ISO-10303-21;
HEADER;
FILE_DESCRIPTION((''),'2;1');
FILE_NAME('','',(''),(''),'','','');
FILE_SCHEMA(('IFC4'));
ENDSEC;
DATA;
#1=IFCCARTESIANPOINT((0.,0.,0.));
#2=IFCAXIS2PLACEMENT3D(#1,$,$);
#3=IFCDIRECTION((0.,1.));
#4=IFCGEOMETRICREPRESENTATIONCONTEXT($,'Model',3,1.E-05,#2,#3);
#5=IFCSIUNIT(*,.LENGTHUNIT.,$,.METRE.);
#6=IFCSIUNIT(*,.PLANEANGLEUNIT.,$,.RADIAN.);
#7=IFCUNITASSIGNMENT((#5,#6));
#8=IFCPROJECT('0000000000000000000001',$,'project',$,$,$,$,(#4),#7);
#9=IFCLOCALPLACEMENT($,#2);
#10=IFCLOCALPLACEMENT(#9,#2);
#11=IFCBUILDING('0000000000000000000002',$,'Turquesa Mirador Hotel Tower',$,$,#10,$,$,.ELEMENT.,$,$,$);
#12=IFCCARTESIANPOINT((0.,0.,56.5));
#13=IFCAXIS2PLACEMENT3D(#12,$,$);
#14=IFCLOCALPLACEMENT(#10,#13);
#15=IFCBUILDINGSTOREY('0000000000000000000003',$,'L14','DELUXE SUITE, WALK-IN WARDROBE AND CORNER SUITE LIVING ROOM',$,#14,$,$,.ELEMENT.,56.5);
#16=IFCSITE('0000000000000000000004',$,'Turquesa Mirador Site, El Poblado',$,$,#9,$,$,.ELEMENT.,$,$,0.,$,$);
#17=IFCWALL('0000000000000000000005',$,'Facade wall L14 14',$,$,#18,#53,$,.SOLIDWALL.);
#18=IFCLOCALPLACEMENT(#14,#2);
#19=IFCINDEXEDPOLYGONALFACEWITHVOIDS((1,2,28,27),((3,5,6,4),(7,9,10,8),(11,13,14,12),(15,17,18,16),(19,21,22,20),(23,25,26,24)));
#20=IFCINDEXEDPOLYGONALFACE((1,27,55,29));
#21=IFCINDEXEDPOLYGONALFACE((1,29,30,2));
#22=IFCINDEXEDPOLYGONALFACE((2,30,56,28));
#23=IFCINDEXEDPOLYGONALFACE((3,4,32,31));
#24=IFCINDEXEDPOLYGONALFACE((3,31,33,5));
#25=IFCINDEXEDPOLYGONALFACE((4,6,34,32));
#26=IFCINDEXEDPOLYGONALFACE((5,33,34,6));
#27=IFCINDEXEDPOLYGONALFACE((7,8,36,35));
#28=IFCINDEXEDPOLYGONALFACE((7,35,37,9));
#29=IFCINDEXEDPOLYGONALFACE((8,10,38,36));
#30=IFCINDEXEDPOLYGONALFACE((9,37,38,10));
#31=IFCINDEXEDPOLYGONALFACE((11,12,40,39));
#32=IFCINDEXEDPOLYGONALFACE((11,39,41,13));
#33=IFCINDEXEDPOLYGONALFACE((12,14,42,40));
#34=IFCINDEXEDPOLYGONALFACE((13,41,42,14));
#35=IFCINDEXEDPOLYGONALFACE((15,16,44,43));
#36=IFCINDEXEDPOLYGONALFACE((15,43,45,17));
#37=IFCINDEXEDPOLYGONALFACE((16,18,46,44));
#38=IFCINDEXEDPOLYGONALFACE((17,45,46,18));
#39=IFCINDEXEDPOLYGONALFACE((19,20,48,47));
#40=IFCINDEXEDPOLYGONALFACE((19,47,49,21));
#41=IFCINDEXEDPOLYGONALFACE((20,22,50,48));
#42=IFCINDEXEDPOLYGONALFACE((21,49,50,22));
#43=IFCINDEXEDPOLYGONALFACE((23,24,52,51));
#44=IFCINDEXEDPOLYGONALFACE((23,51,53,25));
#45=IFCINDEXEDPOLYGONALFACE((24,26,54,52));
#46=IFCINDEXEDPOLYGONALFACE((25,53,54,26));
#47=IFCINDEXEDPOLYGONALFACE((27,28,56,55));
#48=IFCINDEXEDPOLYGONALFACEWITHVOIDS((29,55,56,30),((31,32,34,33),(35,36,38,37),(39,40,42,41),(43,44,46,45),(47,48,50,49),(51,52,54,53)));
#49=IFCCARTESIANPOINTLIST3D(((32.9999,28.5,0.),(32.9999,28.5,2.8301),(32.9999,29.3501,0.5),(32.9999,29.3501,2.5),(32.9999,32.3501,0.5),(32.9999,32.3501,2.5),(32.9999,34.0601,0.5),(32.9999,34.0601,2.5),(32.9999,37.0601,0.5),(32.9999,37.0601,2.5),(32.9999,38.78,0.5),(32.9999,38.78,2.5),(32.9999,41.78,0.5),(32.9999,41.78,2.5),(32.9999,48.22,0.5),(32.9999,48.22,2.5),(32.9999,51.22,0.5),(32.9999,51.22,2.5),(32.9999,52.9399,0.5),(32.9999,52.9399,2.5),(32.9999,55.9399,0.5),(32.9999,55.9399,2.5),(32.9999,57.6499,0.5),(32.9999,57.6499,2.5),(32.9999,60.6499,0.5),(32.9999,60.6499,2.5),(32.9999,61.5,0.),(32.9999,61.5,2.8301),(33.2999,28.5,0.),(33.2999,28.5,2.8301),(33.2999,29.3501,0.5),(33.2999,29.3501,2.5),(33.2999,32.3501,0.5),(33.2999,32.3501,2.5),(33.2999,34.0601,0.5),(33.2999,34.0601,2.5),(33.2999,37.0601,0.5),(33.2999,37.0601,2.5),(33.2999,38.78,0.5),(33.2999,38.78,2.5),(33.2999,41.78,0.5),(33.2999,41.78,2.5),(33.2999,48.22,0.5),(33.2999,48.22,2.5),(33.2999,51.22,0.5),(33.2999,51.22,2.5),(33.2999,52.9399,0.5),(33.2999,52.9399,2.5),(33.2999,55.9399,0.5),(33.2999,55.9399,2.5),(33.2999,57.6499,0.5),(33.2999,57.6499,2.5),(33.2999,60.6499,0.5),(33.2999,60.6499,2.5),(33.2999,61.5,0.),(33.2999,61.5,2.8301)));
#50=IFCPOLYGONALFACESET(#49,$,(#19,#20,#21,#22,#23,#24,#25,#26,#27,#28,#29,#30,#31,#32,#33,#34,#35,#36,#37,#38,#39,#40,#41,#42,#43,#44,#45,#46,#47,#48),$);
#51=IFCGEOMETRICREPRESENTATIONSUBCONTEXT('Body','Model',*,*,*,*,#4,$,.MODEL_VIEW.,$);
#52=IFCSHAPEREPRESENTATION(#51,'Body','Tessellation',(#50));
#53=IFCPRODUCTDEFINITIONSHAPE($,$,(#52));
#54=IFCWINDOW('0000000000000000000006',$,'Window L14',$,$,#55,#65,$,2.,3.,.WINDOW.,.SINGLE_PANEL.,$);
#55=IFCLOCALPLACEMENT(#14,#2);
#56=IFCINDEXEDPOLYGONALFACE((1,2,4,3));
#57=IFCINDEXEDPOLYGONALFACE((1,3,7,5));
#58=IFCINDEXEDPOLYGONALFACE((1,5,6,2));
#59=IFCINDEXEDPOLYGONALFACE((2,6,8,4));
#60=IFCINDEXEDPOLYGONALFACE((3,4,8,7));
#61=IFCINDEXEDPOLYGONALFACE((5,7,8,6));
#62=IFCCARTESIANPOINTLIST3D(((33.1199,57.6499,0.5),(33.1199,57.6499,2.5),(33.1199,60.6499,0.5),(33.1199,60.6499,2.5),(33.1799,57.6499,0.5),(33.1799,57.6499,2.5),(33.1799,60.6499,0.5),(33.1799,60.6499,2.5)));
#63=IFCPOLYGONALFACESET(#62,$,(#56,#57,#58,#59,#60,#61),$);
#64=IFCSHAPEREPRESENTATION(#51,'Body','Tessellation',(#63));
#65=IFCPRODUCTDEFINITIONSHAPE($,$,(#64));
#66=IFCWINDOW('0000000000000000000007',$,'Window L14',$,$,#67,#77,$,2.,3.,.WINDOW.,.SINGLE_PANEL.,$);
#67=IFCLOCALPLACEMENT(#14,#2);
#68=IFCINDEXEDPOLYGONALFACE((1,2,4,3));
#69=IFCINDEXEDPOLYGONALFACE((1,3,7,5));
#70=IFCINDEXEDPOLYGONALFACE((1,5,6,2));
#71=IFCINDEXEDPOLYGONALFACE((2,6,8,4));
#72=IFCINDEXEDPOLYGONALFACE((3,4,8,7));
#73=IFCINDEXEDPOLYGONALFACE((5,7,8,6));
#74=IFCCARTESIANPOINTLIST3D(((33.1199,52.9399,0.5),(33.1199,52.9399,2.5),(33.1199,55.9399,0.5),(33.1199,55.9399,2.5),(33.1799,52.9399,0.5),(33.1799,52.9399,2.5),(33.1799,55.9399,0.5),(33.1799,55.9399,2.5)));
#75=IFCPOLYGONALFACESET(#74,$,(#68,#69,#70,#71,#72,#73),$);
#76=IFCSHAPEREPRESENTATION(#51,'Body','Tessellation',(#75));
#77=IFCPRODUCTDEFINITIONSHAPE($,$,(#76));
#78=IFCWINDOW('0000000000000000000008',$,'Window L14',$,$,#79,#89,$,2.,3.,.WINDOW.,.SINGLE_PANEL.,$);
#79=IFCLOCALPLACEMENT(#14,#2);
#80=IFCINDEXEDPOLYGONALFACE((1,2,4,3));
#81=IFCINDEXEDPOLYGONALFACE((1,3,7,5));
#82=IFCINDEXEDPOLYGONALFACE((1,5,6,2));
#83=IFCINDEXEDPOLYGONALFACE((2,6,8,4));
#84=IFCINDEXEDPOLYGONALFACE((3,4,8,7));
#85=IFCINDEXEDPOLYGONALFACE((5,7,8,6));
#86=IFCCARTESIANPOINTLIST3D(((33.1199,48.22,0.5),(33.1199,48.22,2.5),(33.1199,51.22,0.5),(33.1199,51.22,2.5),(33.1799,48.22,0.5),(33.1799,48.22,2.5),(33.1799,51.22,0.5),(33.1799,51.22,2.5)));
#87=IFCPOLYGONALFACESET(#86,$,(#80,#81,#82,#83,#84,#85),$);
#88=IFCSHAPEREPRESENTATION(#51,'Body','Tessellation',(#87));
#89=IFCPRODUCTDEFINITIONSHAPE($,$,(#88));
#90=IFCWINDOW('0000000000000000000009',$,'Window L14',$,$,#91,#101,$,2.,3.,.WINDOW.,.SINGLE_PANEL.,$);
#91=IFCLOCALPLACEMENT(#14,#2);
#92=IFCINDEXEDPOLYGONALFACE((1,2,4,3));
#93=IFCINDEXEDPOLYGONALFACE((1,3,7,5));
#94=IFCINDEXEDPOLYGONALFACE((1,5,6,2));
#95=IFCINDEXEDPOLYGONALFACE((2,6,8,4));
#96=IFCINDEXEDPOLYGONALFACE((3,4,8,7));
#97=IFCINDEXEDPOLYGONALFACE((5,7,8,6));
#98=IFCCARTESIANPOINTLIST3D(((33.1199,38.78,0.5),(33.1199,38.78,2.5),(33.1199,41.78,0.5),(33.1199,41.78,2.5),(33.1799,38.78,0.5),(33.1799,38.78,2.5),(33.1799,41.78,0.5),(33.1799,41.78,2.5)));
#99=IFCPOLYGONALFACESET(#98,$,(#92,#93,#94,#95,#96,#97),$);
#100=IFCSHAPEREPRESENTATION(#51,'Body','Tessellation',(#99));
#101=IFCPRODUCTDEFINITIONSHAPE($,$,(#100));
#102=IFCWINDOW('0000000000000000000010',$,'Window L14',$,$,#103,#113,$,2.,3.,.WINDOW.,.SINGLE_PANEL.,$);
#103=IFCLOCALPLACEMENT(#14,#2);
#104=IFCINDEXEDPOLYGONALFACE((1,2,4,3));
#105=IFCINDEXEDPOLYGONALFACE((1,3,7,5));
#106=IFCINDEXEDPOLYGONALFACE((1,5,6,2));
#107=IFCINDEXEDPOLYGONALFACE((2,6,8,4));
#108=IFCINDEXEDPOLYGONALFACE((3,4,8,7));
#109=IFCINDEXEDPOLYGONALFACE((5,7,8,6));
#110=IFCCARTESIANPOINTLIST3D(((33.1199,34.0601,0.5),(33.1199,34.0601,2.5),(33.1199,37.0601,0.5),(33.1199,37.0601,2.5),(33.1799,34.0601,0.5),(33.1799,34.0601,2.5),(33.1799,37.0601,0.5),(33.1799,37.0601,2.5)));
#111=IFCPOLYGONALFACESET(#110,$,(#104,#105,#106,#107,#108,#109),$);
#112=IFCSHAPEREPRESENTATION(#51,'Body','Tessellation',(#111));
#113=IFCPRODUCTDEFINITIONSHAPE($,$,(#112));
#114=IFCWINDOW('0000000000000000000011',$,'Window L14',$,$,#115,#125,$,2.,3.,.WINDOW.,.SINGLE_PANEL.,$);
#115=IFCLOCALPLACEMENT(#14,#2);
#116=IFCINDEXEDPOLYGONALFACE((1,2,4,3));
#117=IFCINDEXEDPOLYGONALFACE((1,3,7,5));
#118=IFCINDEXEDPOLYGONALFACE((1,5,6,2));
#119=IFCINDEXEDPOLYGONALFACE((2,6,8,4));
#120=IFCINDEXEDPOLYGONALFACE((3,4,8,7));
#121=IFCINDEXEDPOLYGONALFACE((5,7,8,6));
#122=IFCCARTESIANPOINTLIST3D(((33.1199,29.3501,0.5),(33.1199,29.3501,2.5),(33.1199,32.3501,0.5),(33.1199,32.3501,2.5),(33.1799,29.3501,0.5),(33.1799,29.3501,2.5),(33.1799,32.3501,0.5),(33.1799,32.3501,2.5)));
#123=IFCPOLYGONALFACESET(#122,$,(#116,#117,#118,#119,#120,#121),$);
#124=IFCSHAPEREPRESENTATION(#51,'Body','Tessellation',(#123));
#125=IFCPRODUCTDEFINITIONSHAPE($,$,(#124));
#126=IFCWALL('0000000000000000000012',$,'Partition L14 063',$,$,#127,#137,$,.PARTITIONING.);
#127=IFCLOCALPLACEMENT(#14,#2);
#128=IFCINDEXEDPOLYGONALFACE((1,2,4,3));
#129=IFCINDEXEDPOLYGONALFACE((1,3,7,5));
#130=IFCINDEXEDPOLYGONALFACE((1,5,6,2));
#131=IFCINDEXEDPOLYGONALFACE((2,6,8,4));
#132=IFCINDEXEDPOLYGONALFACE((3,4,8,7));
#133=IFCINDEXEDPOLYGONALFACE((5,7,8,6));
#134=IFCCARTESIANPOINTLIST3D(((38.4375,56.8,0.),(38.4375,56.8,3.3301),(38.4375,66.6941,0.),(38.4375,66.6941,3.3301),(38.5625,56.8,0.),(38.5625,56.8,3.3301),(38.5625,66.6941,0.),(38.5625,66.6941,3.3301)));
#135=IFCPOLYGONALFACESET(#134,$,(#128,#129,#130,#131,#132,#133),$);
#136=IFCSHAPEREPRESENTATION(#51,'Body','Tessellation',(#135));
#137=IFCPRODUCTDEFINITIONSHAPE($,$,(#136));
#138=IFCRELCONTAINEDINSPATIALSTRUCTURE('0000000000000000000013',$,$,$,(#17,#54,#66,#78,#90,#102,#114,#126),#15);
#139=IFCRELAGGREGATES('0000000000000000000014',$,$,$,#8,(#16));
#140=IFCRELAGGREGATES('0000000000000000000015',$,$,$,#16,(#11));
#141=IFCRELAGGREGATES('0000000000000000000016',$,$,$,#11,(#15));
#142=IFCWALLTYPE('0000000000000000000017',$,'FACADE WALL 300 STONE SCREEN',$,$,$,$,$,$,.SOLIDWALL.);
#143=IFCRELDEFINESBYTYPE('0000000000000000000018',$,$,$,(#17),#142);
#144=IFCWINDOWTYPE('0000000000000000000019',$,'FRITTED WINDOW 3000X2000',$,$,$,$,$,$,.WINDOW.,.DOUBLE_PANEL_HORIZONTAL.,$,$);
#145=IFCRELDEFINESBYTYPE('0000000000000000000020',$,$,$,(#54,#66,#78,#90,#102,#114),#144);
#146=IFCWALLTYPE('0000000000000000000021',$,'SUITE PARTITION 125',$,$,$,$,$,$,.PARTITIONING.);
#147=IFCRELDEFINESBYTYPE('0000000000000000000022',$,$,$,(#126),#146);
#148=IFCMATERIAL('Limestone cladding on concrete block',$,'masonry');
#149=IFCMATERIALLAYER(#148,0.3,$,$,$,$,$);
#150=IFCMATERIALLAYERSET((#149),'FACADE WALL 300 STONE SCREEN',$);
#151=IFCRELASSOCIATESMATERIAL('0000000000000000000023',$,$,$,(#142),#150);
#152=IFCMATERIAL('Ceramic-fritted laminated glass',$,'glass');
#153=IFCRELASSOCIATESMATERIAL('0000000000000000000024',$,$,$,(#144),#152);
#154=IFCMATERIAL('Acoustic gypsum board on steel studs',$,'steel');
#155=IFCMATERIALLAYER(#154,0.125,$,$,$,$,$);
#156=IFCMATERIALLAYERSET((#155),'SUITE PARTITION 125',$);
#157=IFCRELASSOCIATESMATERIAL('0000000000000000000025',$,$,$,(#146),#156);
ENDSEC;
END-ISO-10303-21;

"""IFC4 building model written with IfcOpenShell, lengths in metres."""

from ifc_helpers import new_model, si_unit, direction, frame, frame_2d, origin, place, context, subcontext, project, spatial, rectangle, extrude, material, layer, layer_set, type_object, element, fill, save


model = new_model("IFC4")

# Units and contexts
model_context = context("Model", 3, precision=1e-05, world=origin(), true_north=direction((0.0, 1.0)))
body_context = subcontext(model_context, "Body", "Model", "MODEL_VIEW")
ifc_project = project(units=[si_unit("LENGTHUNIT", "METRE"), si_unit("PLANEANGLEUNIT", "RADIAN")], contexts=[model_context])

# Site, building, storey
site_placement = place(None, origin())
site = spatial("IfcSite", under=ifc_project, at=site_placement, Name="Turquesa Mirador Site, El Poblado", CompositionType="ELEMENT", RefElevation=0.0)
building_placement = place(site_placement, origin())
building = spatial("IfcBuilding", under=site, at=building_placement, Name="Turquesa Mirador Hotel Tower", CompositionType="ELEMENT")
storey_placement = place(building_placement, frame((0.0, 0.0, 56.5)))
storey = spatial("IfcBuildingStorey", under=building, at=storey_placement, Name="L14", Description="DELUXE SUITE, WALK-IN WARDROBE AND CORNER SUITE LIVING ROOM", CompositionType="ELEMENT", Elevation=56.5)

# Shared definitions
ifc_material_1 = material(Name="Limestone cladding on concrete block", Category="masonry")
ifc_layer_1 = layer(ifc_material_1, 0.3)
ifc_layer_set_1 = layer_set([ifc_layer_1], Name="FACADE WALL 300 STONE SCREEN")
wall_type_1 = type_object("IfcWallType", Name="FACADE WALL 300 STONE SCREEN", PredefinedType="SOLIDWALL", material=ifc_layer_set_1)

# Wall, openings, windows
wall_1_placement = place(storey_placement, frame((33.1499, 61.5, 0.0), z_axis=(0.0, 0.0, 1.0), x_axis=(0.0, -1.0, 0.0)))
wall_1 = element("IfcWall", 1, at=wall_1_placement, inside=storey, type_object=wall_type_1, Name="Facade wall L14 14", PredefinedType="SOLIDWALL", context=body_context, shape_type="SweptSolid", body=[
    extrude(rectangle(XDim=33.0, YDim=0.3, at=frame_2d((16.5, 0.0))), origin(), (0.0, 0.0, 1.0), 2.8301),
])
opening_1_placement = place(wall_1_placement, frame((0.8501, 0.0, 0.5)))
opening_1 = element("IfcOpeningElement", 2, at=opening_1_placement, cuts=wall_1, PredefinedType="OPENING", context=body_context, shape_type="SweptSolid", body=[
    extrude(rectangle(XDim=3.0, YDim=2.0, at=frame_2d((1.5, 1.0))), frame((0.0, 0.1599, 0.0), z_axis=(0.0, -1.0, 0.0), x_axis=(1.0, 0.0, 0.0)), (0.0, 0.0, 1.0), 0.3201),
])
opening_2_placement = place(wall_1_placement, frame((5.5601, 0.0, 0.5)))
opening_2 = element("IfcOpeningElement", 3, at=opening_2_placement, cuts=wall_1, PredefinedType="OPENING", context=body_context, shape_type="SweptSolid", body=[
    extrude(rectangle(XDim=3.0, YDim=2.0, at=frame_2d((1.5, 1.0))), frame((0.0, 0.1599, 0.0), z_axis=(0.0, -1.0, 0.0), x_axis=(1.0, 0.0, 0.0)), (0.0, 0.0, 1.0), 0.3201),
])
opening_3_placement = place(wall_1_placement, frame((10.28, 0.0, 0.5)))
opening_3 = element("IfcOpeningElement", 4, at=opening_3_placement, cuts=wall_1, PredefinedType="OPENING", context=body_context, shape_type="SweptSolid", body=[
    extrude(rectangle(XDim=3.0, YDim=2.0, at=frame_2d((1.5, 1.0))), frame((0.0, 0.1599, 0.0), z_axis=(0.0, -1.0, 0.0), x_axis=(1.0, 0.0, 0.0)), (0.0, 0.0, 1.0), 0.3201),
])
opening_4_placement = place(wall_1_placement, frame((19.72, 0.0, 0.5)))
opening_4 = element("IfcOpeningElement", 5, at=opening_4_placement, cuts=wall_1, PredefinedType="OPENING", context=body_context, shape_type="SweptSolid", body=[
    extrude(rectangle(XDim=3.0, YDim=2.0, at=frame_2d((1.5, 1.0))), frame((0.0, 0.1599, 0.0), z_axis=(0.0, -1.0, 0.0), x_axis=(1.0, 0.0, 0.0)), (0.0, 0.0, 1.0), 0.3201),
])
opening_5_placement = place(wall_1_placement, frame((24.4399, 0.0, 0.5)))
opening_5 = element("IfcOpeningElement", 6, at=opening_5_placement, cuts=wall_1, PredefinedType="OPENING", context=body_context, shape_type="SweptSolid", body=[
    extrude(rectangle(XDim=3.0, YDim=2.0, at=frame_2d((1.5, 1.0))), frame((0.0, 0.1599, 0.0), z_axis=(0.0, -1.0, 0.0), x_axis=(1.0, 0.0, 0.0)), (0.0, 0.0, 1.0), 0.3201),
])
opening_6_placement = place(wall_1_placement, frame((29.1499, 0.0, 0.5)))
opening_6 = element("IfcOpeningElement", 7, at=opening_6_placement, cuts=wall_1, PredefinedType="OPENING", context=body_context, shape_type="SweptSolid", body=[
    extrude(rectangle(XDim=3.0, YDim=2.0, at=frame_2d((1.5, 1.0))), frame((0.0, 0.1599, 0.0), z_axis=(0.0, -1.0, 0.0), x_axis=(1.0, 0.0, 0.0)), (0.0, 0.0, 1.0), 0.3201),
])
ifc_material_2 = material(Name="Ceramic-fritted laminated glass", Category="glass")
window_type_1 = type_object("IfcWindowType", Name="FRITTED WINDOW 3000X2000", PartitioningType="DOUBLE_PANEL_HORIZONTAL", PredefinedType="WINDOW", material=ifc_material_2)
window_1_placement = place(opening_1_placement, origin())
window_1 = element("IfcWindow", 8, at=window_1_placement, inside=storey, type_object=window_type_1, Name="Window L14", OverallHeight=2.0, OverallWidth=3.0, PartitioningType="SINGLE_PANEL", PredefinedType="WINDOW", context=body_context, shape_type="SweptSolid", body=[
    extrude(rectangle(XDim=3.0, YDim=2.0, at=frame_2d((1.5, 1.0))), frame((0.0, 0.03, 0.0), z_axis=(0.0, -1.0, 0.0), x_axis=(1.0, 0.0, 0.0)), (0.0, 0.0, 1.0), 0.0601),
])
fill(opening_1, window_1)
window_2_placement = place(opening_2_placement, origin())
window_2 = element("IfcWindow", 9, at=window_2_placement, inside=storey, type_object=window_type_1, Name="Window L14", OverallHeight=2.0, OverallWidth=3.0, PartitioningType="SINGLE_PANEL", PredefinedType="WINDOW", context=body_context, shape_type="SweptSolid", body=[
    extrude(rectangle(XDim=3.0, YDim=2.0, at=frame_2d((1.5, 1.0))), frame((0.0, 0.03, 0.0), z_axis=(0.0, -1.0, 0.0), x_axis=(1.0, 0.0, 0.0)), (0.0, 0.0, 1.0), 0.0601),
])
fill(opening_2, window_2)
window_3_placement = place(opening_3_placement, origin())
window_3 = element("IfcWindow", 10, at=window_3_placement, inside=storey, type_object=window_type_1, Name="Window L14", OverallHeight=2.0, OverallWidth=3.0, PartitioningType="SINGLE_PANEL", PredefinedType="WINDOW", context=body_context, shape_type="SweptSolid", body=[
    extrude(rectangle(XDim=3.0, YDim=2.0, at=frame_2d((1.5, 1.0))), frame((0.0, 0.03, 0.0), z_axis=(0.0, -1.0, 0.0), x_axis=(1.0, 0.0, 0.0)), (0.0, 0.0, 1.0), 0.0601),
])
fill(opening_3, window_3)
window_4_placement = place(opening_4_placement, origin())
window_4 = element("IfcWindow", 11, at=window_4_placement, inside=storey, type_object=window_type_1, Name="Window L14", OverallHeight=2.0, OverallWidth=3.0, PartitioningType="SINGLE_PANEL", PredefinedType="WINDOW", context=body_context, shape_type="SweptSolid", body=[
    extrude(rectangle(XDim=3.0, YDim=2.0, at=frame_2d((1.5, 1.0))), frame((0.0, 0.03, 0.0), z_axis=(0.0, -1.0, 0.0), x_axis=(1.0, 0.0, 0.0)), (0.0, 0.0, 1.0), 0.0601),
])
fill(opening_4, window_4)
window_5_placement = place(opening_5_placement, origin())
window_5 = element("IfcWindow", 12, at=window_5_placement, inside=storey, type_object=window_type_1, Name="Window L14", OverallHeight=2.0, OverallWidth=3.0, PartitioningType="SINGLE_PANEL", PredefinedType="WINDOW", context=body_context, shape_type="SweptSolid", body=[
    extrude(rectangle(XDim=3.0, YDim=2.0, at=frame_2d((1.5, 1.0))), frame((0.0, 0.03, 0.0), z_axis=(0.0, -1.0, 0.0), x_axis=(1.0, 0.0, 0.0)), (0.0, 0.0, 1.0), 0.0601),
])
fill(opening_5, window_5)
window_6_placement = place(opening_6_placement, origin())
window_6 = element("IfcWindow", 13, at=window_6_placement, inside=storey, type_object=window_type_1, Name="Window L14", OverallHeight=2.0, OverallWidth=3.0, PartitioningType="SINGLE_PANEL", PredefinedType="WINDOW", context=body_context, shape_type="SweptSolid", body=[
    extrude(rectangle(XDim=3.0, YDim=2.0, at=frame_2d((1.5, 1.0))), frame((0.0, 0.03, 0.0), z_axis=(0.0, -1.0, 0.0), x_axis=(1.0, 0.0, 0.0)), (0.0, 0.0, 1.0), 0.0601),
])
fill(opening_6, window_6)

# Wall
ifc_material_3 = material(Name="Acoustic gypsum board on steel studs", Category="steel")
ifc_layer_2 = layer(ifc_material_3, 0.125)
ifc_layer_set_2 = layer_set([ifc_layer_2], Name="SUITE PARTITION 125")
wall_type_2 = type_object("IfcWallType", Name="SUITE PARTITION 125", PredefinedType="PARTITIONING", material=ifc_layer_set_2)
wall_2_placement = place(storey_placement, frame((38.5, 56.8, 0.0), z_axis=(0.0, 0.0, 1.0), x_axis=(0.0, 1.0, 0.0)))
element("IfcWall", 14, at=wall_2_placement, inside=storey, type_object=wall_type_2, Name="Partition L14 063", PredefinedType="PARTITIONING", context=body_context, shape_type="SweptSolid", body=[
    extrude(rectangle(XDim=9.894, YDim=0.125, at=frame_2d((4.947, 0.0))), origin(), (0.0, 0.0, 1.0), 3.3301),
])

save(model, "model.ifc")
